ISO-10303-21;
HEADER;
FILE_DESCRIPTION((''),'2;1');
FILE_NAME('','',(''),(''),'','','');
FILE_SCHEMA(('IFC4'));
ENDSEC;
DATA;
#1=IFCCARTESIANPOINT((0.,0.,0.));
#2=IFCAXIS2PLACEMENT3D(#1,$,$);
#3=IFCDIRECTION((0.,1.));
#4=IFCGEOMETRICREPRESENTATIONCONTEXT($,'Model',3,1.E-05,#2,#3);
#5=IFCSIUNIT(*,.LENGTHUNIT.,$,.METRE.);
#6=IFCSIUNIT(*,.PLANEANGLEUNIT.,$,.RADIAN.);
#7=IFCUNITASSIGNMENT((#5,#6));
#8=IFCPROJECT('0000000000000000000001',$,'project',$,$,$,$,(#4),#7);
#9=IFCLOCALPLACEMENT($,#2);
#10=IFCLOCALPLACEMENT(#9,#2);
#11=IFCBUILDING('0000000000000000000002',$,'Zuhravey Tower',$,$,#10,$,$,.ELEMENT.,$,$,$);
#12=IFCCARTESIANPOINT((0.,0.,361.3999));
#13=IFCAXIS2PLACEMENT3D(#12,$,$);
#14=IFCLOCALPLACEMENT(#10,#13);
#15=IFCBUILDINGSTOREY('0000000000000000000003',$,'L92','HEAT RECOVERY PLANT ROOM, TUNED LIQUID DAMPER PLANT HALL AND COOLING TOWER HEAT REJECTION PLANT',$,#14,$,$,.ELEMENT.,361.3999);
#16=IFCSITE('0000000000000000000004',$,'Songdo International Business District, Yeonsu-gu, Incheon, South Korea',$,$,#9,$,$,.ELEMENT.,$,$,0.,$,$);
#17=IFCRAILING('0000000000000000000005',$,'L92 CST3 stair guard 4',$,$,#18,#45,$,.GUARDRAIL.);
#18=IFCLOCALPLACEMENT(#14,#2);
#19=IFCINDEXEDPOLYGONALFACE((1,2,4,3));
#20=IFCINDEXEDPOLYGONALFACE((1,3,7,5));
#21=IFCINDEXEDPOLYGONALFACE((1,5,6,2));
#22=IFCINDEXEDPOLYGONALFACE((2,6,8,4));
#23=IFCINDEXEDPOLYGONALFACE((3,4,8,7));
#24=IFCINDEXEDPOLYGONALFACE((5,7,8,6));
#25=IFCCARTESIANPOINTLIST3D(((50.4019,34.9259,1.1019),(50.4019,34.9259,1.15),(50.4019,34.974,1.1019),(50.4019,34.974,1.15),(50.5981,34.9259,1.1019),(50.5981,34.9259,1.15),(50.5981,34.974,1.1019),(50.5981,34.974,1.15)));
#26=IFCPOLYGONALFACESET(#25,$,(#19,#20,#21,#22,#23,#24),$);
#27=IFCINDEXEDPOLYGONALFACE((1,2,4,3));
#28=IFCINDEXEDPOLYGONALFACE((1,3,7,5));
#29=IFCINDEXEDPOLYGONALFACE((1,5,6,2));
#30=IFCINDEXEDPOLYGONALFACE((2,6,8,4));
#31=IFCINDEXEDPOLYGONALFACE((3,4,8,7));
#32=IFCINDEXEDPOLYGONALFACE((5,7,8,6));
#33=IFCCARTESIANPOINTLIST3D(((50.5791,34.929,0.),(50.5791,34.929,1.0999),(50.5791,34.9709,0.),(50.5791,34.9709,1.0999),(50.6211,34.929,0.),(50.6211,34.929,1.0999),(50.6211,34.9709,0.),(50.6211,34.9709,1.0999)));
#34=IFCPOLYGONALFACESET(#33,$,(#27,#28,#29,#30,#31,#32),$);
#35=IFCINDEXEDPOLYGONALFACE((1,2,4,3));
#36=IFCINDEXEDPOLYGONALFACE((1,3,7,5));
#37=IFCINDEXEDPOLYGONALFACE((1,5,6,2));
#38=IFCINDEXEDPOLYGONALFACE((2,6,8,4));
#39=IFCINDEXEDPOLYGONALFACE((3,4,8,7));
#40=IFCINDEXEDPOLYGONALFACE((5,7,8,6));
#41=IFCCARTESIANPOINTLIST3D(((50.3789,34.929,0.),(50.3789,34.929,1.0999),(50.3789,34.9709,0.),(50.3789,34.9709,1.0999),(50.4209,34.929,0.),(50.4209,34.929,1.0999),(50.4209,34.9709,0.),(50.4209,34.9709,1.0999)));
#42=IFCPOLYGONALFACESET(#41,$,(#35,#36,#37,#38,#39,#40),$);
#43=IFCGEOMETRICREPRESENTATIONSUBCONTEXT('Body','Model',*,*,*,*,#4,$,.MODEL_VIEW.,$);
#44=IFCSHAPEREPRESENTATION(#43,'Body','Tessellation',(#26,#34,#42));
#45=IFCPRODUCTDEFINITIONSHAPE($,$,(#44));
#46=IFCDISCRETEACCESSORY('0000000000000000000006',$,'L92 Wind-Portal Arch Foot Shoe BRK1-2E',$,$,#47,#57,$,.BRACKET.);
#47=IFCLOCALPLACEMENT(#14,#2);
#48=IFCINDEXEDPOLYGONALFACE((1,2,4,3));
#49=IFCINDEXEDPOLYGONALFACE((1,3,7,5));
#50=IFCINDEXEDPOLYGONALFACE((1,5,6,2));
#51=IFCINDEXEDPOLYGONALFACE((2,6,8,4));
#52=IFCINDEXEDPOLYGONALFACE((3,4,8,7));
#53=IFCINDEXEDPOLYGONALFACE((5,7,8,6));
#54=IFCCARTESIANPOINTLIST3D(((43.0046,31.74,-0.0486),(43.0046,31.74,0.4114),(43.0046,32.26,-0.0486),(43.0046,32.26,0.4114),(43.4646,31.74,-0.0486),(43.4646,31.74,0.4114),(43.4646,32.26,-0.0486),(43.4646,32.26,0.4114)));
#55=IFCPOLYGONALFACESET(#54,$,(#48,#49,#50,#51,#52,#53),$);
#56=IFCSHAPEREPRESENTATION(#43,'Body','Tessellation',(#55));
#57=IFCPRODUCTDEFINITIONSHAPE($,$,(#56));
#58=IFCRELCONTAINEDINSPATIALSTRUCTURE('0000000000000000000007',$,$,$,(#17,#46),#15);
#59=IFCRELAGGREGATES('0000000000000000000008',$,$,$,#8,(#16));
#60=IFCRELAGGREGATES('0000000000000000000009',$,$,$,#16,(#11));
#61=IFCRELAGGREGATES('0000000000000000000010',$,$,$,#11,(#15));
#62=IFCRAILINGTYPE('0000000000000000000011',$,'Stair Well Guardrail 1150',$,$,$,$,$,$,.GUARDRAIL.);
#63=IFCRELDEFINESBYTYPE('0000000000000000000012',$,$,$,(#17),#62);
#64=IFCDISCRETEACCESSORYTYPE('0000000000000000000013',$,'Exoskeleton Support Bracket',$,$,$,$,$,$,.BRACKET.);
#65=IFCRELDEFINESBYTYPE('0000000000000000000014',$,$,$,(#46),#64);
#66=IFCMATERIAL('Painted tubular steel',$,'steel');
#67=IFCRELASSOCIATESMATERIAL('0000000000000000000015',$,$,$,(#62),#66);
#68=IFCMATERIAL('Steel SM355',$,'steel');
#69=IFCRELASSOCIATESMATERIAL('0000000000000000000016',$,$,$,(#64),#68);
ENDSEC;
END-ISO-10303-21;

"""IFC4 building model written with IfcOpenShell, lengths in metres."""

from ifc_helpers import new_model, si_unit, direction, frame, origin, origin_2d, place, context, subcontext, project, spatial, rectangle, extrude, material, type_object, element, save


model = new_model("IFC4")

# Units and contexts
model_context = context("Model", 3, precision=1e-05, world=origin(), true_north=direction((0.0, 1.0)))
body_context = subcontext(model_context, "Body", "Model", "MODEL_VIEW")
ifc_project = project(units=[si_unit("LENGTHUNIT", "METRE"), si_unit("PLANEANGLEUNIT", "RADIAN")], contexts=[model_context])

# Site, building, storey
site_placement = place(None, origin())
site = spatial("IfcSite", under=ifc_project, at=site_placement, Name="Songdo International Business District, Yeonsu-gu, Incheon, South Korea", CompositionType="ELEMENT", RefElevation=0.0)
building_placement = place(site_placement, origin())
building = spatial("IfcBuilding", under=site, at=building_placement, Name="Zuhravey Tower", CompositionType="ELEMENT")
storey_placement = place(building_placement, frame((0.0, 0.0, 361.3999)))
storey = spatial("IfcBuildingStorey", under=building, at=storey_placement, Name="L92", Description="HEAT RECOVERY PLANT ROOM, TUNED LIQUID DAMPER PLANT HALL AND COOLING TOWER HEAT REJECTION PLANT", CompositionType="ELEMENT", Elevation=361.3999)

# Shared definitions
ifc_material_1 = material(Name="Steel SM355", Category="steel")

# Railing
ifc_material_2 = material(Name="Painted tubular steel", Category="steel")
railing_type_1 = type_object("IfcRailingType", Name="Stair Well Guardrail 1150", PredefinedType="GUARDRAIL", material=ifc_material_2)
railing_1_placement = place(storey_placement, frame((50.6001, 34.95, 0.0)))
element("IfcRailing", 1, at=railing_1_placement, inside=storey, type_object=railing_type_1, Name="L92 CST3 stair guard 4", PredefinedType="GUARDRAIL", context=body_context, shape_type="SweptSolid", body=[
    extrude(rectangle(XDim=0.0481, YDim=0.0481, at=origin_2d()), frame((-0.002, 0.0, 1.126), z_axis=(-1.0, 0.0, 0.0), x_axis=(0.0, -1.0, 0.0)), (0.0, 0.0, 1.0), 0.1963),
    extrude(rectangle(XDim=0.042, YDim=0.042, at=origin_2d()), origin(), (0.0, 0.0, 1.0), 1.0999),
    extrude(rectangle(XDim=0.042, YDim=0.042, at=origin_2d()), frame((-0.2002, 0.0, 0.0)), (0.0, 0.0, 1.0), 1.0999),
])

# Discrete accessory
discrete_accessory_type = type_object("IfcDiscreteAccessoryType", Name="Exoskeleton Support Bracket", PredefinedType="BRACKET", material=ifc_material_1)
discrete_accessory_placement = place(storey_placement, frame((43.2346, 32.0, -0.0486), z_axis=(0.0, 0.0, 1.0), x_axis=(1.0, 0.0, 0.0)))
element("IfcDiscreteAccessory", 2, at=discrete_accessory_placement, inside=storey, type_object=discrete_accessory_type, Name="L92 Wind-Portal Arch Foot Shoe BRK1-2E", PredefinedType="BRACKET", context=body_context, shape_type="SweptSolid", body=[
    extrude(rectangle(XDim=0.46, YDim=0.52, at=origin_2d()), origin(), (0.0, 0.0, 1.0), 0.46),
])

save(model, "model.ifc")
